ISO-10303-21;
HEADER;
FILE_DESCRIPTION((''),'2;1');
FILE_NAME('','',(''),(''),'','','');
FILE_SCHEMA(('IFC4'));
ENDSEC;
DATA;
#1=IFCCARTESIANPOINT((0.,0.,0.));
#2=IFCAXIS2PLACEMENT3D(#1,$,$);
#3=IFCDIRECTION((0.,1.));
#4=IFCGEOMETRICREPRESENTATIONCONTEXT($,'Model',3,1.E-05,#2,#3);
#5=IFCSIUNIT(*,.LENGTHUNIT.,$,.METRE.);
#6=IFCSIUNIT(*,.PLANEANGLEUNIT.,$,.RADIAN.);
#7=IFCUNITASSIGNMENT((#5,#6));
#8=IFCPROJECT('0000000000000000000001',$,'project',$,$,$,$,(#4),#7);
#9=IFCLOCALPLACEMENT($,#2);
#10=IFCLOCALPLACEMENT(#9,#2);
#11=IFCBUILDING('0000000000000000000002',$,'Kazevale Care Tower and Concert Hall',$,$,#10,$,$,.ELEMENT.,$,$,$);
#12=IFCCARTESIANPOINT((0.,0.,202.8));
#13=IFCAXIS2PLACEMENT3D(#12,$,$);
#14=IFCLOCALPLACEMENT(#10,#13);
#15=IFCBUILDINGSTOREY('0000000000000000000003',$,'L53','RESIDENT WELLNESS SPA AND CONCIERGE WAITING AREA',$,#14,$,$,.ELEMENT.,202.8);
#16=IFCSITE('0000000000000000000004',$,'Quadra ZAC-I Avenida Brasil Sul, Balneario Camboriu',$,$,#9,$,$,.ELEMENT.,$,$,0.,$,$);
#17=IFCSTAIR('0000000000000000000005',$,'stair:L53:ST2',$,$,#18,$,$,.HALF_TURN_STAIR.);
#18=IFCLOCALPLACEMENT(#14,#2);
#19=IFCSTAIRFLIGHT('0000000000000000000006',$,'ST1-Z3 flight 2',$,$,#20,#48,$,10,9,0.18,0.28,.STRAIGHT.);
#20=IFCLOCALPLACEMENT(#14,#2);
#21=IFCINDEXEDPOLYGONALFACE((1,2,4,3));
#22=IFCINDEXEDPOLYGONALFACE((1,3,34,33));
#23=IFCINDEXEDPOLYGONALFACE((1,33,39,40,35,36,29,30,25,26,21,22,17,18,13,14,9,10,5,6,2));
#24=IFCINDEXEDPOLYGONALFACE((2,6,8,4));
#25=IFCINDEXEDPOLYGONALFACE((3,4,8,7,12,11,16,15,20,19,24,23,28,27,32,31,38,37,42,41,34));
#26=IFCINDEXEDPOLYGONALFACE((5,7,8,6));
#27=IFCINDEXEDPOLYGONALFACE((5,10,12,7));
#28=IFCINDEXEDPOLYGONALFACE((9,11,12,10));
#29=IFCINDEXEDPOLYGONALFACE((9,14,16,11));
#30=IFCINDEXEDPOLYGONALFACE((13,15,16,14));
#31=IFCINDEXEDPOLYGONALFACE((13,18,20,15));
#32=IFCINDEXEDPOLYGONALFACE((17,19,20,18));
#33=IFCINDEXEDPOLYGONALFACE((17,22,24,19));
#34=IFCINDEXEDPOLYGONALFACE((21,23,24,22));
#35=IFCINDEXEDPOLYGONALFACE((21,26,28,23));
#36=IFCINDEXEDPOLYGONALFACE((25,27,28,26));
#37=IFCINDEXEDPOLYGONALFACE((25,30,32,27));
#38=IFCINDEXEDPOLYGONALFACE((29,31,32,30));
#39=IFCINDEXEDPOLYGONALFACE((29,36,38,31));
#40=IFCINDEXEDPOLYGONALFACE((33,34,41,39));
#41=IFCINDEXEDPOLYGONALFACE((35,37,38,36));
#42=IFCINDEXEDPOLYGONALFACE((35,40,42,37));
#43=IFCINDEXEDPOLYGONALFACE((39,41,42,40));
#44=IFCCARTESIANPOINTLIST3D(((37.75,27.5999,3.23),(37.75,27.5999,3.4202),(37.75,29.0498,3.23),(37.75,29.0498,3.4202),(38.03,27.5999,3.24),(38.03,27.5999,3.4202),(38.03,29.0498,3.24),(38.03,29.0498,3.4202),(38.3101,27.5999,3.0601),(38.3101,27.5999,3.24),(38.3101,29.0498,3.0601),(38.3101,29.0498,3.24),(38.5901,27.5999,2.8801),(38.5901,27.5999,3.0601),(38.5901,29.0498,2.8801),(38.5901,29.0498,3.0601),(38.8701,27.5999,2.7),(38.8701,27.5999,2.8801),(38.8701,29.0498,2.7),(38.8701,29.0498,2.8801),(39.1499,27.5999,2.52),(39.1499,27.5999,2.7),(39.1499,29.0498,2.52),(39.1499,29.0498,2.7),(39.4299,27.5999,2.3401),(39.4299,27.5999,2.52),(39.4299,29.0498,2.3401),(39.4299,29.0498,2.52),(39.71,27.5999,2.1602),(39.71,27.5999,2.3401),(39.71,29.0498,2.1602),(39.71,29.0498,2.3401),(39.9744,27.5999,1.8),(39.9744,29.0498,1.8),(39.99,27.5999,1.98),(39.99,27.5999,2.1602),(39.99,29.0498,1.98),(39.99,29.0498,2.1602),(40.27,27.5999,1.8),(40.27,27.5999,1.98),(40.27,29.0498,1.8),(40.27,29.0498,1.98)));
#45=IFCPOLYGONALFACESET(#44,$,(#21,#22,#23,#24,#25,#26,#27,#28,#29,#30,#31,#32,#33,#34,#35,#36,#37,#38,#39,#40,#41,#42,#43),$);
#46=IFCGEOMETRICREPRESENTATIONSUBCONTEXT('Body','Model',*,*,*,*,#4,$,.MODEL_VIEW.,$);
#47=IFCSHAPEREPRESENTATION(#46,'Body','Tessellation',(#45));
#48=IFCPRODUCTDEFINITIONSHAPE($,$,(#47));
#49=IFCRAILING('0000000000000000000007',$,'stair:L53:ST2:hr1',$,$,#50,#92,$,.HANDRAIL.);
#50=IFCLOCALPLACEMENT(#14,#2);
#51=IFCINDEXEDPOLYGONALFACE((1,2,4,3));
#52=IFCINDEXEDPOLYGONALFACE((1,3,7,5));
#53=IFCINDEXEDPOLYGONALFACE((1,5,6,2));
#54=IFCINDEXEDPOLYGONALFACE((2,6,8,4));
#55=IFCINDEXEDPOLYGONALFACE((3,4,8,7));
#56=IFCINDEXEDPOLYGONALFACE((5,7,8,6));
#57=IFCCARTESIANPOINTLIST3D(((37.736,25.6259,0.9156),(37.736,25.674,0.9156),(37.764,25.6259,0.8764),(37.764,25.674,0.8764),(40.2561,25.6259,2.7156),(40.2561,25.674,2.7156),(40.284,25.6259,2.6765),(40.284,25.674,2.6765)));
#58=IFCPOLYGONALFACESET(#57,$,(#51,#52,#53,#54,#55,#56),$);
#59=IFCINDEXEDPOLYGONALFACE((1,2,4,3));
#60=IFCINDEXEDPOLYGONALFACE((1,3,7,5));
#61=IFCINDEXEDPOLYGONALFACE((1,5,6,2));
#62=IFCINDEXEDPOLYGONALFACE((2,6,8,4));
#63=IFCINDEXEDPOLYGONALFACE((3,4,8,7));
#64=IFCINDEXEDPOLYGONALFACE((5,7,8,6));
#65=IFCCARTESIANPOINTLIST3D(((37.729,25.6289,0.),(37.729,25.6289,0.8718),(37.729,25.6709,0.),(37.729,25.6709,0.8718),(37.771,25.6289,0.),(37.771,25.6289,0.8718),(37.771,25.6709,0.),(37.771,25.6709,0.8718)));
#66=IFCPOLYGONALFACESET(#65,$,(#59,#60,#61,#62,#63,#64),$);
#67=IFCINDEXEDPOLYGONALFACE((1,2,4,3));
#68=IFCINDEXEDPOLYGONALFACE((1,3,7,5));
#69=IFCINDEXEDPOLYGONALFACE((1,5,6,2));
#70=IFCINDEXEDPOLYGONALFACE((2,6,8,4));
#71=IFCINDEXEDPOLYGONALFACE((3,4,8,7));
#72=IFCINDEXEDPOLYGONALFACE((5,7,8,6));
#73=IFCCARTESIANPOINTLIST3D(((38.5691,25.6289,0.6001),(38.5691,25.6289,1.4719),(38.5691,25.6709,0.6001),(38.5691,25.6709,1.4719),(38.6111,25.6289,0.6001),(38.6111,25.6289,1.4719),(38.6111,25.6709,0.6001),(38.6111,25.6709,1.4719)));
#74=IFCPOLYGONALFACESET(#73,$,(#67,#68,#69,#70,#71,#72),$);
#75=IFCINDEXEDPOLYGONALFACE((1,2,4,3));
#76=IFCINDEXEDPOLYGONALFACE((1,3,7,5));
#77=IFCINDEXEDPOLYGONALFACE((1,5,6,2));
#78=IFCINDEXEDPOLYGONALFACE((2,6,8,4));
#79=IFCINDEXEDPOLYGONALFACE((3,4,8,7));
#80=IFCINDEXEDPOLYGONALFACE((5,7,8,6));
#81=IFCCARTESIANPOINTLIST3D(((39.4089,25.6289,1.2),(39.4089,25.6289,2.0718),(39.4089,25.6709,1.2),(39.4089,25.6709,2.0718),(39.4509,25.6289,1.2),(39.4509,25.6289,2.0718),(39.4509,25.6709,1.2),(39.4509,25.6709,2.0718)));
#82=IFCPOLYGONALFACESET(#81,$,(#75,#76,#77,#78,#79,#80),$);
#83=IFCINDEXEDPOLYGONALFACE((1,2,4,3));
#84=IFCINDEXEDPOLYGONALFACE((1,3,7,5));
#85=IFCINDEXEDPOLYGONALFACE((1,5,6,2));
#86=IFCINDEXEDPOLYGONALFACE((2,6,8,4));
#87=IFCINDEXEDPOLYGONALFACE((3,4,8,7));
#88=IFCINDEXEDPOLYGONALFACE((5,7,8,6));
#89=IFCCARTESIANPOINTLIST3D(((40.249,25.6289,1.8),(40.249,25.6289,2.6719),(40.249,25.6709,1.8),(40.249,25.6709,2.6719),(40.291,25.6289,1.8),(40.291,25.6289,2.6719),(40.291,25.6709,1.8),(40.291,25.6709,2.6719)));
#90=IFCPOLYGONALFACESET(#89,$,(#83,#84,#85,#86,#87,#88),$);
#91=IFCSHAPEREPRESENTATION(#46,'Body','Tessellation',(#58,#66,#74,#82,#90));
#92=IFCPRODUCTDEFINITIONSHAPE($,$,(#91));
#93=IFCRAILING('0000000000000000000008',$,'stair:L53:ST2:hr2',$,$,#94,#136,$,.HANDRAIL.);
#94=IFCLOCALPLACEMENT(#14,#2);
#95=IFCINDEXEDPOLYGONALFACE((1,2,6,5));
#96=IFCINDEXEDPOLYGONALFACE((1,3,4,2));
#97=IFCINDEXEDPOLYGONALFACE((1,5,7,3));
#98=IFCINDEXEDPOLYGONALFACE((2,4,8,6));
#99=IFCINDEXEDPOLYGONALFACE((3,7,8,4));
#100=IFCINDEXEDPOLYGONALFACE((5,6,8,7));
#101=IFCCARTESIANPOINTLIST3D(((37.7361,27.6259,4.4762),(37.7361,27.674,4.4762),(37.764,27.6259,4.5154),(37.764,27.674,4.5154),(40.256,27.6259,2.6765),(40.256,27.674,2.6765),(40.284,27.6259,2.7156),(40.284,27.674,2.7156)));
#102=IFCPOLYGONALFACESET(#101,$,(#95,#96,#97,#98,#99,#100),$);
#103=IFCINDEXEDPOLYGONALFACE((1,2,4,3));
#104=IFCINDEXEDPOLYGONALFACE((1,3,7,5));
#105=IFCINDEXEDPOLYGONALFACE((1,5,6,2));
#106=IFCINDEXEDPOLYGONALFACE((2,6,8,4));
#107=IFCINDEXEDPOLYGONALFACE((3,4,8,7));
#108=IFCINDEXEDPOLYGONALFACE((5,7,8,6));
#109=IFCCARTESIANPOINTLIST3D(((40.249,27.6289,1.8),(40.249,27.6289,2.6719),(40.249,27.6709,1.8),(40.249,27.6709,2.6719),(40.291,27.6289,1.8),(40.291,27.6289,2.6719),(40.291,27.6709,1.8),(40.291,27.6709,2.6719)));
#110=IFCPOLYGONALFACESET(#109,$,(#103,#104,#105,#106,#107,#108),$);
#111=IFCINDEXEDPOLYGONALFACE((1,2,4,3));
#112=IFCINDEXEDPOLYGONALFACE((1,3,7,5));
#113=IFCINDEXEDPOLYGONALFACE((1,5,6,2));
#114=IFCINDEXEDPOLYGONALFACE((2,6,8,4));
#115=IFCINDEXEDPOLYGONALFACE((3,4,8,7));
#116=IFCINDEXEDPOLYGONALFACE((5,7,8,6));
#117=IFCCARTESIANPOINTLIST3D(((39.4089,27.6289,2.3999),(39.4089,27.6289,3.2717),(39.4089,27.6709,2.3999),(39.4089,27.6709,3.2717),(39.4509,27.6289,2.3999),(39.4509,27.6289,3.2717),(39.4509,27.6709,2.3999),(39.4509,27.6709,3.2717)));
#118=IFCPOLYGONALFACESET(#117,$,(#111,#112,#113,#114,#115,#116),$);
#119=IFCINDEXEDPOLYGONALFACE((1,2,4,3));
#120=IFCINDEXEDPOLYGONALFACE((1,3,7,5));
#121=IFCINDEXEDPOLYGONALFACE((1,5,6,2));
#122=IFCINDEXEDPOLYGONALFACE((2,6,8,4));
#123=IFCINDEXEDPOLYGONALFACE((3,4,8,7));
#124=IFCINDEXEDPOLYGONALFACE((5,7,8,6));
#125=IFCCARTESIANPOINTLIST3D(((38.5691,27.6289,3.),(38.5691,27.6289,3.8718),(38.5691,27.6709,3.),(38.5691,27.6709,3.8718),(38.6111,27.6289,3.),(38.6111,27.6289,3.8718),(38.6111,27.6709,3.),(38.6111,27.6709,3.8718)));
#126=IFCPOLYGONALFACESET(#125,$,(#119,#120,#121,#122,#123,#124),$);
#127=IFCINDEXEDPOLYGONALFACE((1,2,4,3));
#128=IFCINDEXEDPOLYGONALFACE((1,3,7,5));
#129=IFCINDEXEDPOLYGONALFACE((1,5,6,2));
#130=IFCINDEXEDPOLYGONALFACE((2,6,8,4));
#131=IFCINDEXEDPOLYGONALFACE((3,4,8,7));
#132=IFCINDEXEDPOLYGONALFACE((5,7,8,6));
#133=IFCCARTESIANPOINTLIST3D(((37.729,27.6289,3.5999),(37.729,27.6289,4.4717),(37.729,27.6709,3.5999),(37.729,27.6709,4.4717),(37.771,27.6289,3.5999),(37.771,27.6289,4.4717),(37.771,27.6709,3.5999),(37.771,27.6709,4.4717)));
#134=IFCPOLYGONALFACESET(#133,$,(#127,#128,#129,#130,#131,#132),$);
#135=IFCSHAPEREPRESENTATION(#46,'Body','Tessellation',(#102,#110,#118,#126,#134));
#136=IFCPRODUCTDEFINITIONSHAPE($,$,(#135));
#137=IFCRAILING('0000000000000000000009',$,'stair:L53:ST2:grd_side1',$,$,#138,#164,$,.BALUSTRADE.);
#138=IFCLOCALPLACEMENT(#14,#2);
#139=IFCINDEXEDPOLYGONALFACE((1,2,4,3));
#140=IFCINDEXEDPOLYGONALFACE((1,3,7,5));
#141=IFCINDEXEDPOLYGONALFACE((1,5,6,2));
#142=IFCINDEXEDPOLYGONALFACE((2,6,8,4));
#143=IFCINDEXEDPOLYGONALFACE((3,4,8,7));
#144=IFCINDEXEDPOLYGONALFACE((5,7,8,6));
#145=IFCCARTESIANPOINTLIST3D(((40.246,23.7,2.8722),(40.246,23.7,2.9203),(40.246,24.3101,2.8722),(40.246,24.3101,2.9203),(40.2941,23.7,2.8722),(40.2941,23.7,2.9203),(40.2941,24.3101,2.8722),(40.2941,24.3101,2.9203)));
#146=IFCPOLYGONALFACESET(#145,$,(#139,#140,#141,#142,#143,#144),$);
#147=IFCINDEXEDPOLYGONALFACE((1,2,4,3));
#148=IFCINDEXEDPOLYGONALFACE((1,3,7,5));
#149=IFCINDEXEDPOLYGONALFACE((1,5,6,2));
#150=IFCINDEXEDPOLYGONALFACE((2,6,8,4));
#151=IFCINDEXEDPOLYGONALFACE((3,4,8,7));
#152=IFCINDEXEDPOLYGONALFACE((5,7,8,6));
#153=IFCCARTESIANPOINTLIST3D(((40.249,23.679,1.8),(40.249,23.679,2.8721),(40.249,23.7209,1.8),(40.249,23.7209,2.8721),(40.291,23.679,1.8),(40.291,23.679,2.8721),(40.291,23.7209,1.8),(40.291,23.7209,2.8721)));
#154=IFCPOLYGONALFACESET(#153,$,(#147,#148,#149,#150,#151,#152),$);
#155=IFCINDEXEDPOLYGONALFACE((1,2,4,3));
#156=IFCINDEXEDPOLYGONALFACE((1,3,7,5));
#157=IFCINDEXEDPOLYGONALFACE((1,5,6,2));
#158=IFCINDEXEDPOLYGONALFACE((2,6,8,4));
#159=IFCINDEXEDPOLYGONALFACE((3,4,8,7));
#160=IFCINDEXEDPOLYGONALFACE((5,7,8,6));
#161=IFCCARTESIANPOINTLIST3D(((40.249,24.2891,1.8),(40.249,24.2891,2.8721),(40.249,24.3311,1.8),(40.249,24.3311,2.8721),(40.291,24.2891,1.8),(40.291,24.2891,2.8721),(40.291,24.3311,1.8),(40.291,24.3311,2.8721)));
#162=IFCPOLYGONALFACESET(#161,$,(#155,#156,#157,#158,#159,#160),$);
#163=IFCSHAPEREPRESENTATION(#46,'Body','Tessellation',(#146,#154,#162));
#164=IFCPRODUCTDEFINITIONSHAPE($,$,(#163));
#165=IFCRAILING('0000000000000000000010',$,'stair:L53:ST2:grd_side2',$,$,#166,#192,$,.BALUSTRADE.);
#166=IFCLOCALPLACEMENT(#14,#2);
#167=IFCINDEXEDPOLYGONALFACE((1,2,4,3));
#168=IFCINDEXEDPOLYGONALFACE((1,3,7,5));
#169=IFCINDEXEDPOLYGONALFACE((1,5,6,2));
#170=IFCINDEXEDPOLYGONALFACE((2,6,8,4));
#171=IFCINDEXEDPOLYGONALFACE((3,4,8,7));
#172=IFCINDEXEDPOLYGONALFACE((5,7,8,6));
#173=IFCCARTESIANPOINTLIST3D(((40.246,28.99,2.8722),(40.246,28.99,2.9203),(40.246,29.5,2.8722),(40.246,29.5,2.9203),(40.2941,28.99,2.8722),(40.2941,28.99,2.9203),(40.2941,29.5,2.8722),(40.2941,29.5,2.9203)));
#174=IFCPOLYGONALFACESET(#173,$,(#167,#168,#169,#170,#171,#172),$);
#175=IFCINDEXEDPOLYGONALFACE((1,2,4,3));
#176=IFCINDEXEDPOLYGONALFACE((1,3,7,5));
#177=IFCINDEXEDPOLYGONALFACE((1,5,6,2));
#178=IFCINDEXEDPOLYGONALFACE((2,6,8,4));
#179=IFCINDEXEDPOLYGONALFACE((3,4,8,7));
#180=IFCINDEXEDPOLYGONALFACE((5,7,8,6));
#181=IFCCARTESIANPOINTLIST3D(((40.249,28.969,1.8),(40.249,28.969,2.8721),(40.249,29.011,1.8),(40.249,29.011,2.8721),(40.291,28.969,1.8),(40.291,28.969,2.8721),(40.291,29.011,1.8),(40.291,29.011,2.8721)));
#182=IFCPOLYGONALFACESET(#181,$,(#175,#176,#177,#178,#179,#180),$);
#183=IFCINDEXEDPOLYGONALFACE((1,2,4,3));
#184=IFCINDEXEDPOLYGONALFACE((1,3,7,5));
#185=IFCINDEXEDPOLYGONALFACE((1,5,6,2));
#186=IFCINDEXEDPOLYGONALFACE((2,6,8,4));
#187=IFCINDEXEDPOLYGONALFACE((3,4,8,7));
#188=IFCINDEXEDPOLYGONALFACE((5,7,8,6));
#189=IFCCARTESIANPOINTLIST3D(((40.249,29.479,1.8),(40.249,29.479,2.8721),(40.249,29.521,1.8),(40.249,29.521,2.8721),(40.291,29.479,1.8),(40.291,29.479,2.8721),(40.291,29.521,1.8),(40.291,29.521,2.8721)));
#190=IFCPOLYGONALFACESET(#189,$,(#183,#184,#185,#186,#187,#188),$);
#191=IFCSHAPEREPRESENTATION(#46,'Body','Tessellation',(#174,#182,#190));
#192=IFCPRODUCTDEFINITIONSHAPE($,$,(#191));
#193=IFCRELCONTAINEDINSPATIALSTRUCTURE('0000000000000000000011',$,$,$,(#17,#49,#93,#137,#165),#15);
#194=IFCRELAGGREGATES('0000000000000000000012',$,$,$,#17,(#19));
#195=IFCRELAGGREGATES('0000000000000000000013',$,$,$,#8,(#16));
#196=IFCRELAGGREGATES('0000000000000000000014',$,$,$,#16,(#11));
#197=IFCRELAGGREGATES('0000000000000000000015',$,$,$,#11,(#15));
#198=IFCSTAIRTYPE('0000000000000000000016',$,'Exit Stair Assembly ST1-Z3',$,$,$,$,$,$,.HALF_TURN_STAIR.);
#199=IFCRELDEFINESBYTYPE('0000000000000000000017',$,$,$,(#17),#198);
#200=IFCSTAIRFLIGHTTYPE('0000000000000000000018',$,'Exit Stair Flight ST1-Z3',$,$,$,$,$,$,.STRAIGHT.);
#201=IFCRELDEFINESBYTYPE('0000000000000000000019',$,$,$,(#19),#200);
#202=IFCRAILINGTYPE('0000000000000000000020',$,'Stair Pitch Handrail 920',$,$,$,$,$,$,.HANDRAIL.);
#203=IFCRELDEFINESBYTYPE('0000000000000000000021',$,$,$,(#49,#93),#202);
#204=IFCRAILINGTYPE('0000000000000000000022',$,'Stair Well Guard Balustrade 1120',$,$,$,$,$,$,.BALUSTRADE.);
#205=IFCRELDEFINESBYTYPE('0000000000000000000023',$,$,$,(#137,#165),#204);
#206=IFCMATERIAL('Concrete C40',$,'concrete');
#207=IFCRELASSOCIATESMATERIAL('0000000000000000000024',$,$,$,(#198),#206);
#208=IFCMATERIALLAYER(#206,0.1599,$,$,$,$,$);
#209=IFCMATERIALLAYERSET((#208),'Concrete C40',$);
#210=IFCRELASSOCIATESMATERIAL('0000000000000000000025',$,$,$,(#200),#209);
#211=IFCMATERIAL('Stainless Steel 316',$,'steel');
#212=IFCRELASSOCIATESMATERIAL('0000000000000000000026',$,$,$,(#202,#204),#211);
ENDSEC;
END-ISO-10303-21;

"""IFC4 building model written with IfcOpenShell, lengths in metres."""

from ifc_helpers import new_model, si_unit, direction, frame, origin, origin_2d, place, context, subcontext, project, spatial, polyline, rectangle, outline, extrude, material, layer, layer_set, type_object, element, aggregate, save


model = new_model("IFC4")

# Units and contexts
model_context = context("Model", 3, precision=1e-05, world=origin(), true_north=direction((0.0, 1.0)))
body_context = subcontext(model_context, "Body", "Model", "MODEL_VIEW")
ifc_project = project(units=[si_unit("LENGTHUNIT", "METRE"), si_unit("PLANEANGLEUNIT", "RADIAN")], contexts=[model_context])

# Site, building, storey
site_placement = place(None, origin())
site = spatial("IfcSite", under=ifc_project, at=site_placement, Name="Quadra ZAC-I Avenida Brasil Sul, Balneario Camboriu", CompositionType="ELEMENT", RefElevation=0.0)
building_placement = place(site_placement, origin())
building = spatial("IfcBuilding", under=site, at=building_placement, Name="Kazevale Care Tower and Concert Hall", CompositionType="ELEMENT")
storey_placement = place(building_placement, frame((0.0, 0.0, 202.8)))
storey = spatial("IfcBuildingStorey", under=building, at=storey_placement, Name="L53", Description="RESIDENT WELLNESS SPA AND CONCIERGE WAITING AREA", CompositionType="ELEMENT", Elevation=202.8)

# Shared definitions
ifc_material_1 = material(Name="Concrete C40", Category="concrete")

# Stair, stair flight
stair_type = type_object("IfcStairType", Name="Exit Stair Assembly ST1-Z3", PredefinedType="HALF_TURN_STAIR", material=ifc_material_1)
stair_placement = place(storey_placement, origin())
stair = element("IfcStair", 1, at=stair_placement, inside=storey, type_object=stair_type, Name="stair:L53:ST2", PredefinedType="HALF_TURN_STAIR")
ifc_layer_1 = layer(ifc_material_1, 0.1599)
ifc_layer_set_1 = layer_set([ifc_layer_1], Name="Concrete C40")
stair_flight_type = type_object("IfcStairFlightType", Name="Exit Stair Flight ST1-Z3", PredefinedType="STRAIGHT", material=ifc_layer_set_1)
stair_flight_1_placement = place(storey_placement, frame((40.27, 28.325, 1.8), z_axis=(0.0, 0.0, 1.0), x_axis=(-1.0, 0.0, 0.0)))
stair_flight_1 = element("IfcStairFlight", 2, at=stair_flight_1_placement, type_object=stair_flight_type, Name="ST1-Z3 flight 2", NumberOfRisers=10, NumberOfTreads=9, PredefinedType="STRAIGHT", RiserHeight=0.18, TreadLength=0.28, context=body_context, shape_type="SweptSolid", body=[
    extrude(outline(polyline([(0.0, 0.0), (0.0, 0.1799), (0.28, 0.1799), (0.28, 0.3601), (0.5601, 0.3601), (0.5601, 0.54), (0.8401, 0.54), (0.8401, 0.72), (1.1201, 0.72), (1.1201, 0.8999), (1.3999, 0.8999), (1.3999, 1.0801), (1.6799, 1.0801), (1.6799, 1.26), (1.96, 1.26), (1.96, 1.4399), (2.24, 1.4399), (2.24, 1.6201), (2.52, 1.6201), (2.52, 1.8), (2.52, 1.4299), (0.2957, 0.0), (0.0, 0.0)])), frame((0.0, 0.7251, 0.0), z_axis=(0.0, -1.0, 0.0), x_axis=(1.0, 0.0, 0.0)), (0.0, 0.0, 1.0), 1.45),
])
aggregate(stair, [stair_flight_1])

# Railings
ifc_material_2 = material(Name="Stainless Steel 316", Category="steel")
railing_type_1 = type_object("IfcRailingType", Name="Stair Pitch Handrail 920", PredefinedType="HANDRAIL", material=ifc_material_2)
railing_1_placement = place(storey_placement, frame((37.75, 25.6499, 0.0)))
element("IfcRailing", 3, at=railing_1_placement, inside=storey, type_object=railing_type_1, Name="stair:L53:ST2:hr1", PredefinedType="HANDRAIL", context=body_context, shape_type="SweptSolid", body=[
    extrude(rectangle(XDim=0.0481, YDim=0.0481, at=origin_2d()), frame((0.0, 0.0, 0.896), z_axis=(0.813728, 0.0, 0.581246), x_axis=(0.0, 1.0, 0.0)), (0.0, 0.0, 1.0), 3.0969),
    extrude(rectangle(XDim=0.042, YDim=0.042, at=origin_2d()), origin(), (0.0, 0.0, 1.0), 0.8718),
    extrude(rectangle(XDim=0.042, YDim=0.042, at=origin_2d()), frame((0.8401, 0.0, 0.6001)), (0.0, 0.0, 1.0), 0.8718),
    extrude(rectangle(XDim=0.042, YDim=0.042, at=origin_2d()), frame((1.6799, 0.0, 1.2)), (0.0, 0.0, 1.0), 0.8718),
    extrude(rectangle(XDim=0.042, YDim=0.042, at=origin_2d()), frame((2.52, 0.0, 1.8)), (0.0, 0.0, 1.0), 0.8718),
])
railing_2_placement = place(storey_placement, frame((40.27, 27.6499, 1.8)))
element("IfcRailing", 4, at=railing_2_placement, inside=storey, type_object=railing_type_1, Name="stair:L53:ST2:hr2", PredefinedType="HANDRAIL", context=body_context, shape_type="SweptSolid", body=[
    extrude(rectangle(XDim=0.0481, YDim=0.0481, at=origin_2d()), frame((0.0, 0.0, 0.896), z_axis=(-0.813765, 0.0, 0.581193), x_axis=(0.0, -1.0, 0.0)), (0.0, 0.0, 1.0), 3.0967),
    extrude(rectangle(XDim=0.042, YDim=0.042, at=origin_2d()), origin(), (0.0, 0.0, 1.0), 0.8718),
    extrude(rectangle(XDim=0.042, YDim=0.042, at=origin_2d()), frame((-0.8401, 0.0, 0.5999)), (0.0, 0.0, 1.0), 0.8718),
    extrude(rectangle(XDim=0.042, YDim=0.042, at=origin_2d()), frame((-1.6799, 0.0, 1.2)), (0.0, 0.0, 1.0), 0.8718),
    extrude(rectangle(XDim=0.042, YDim=0.042, at=origin_2d()), frame((-2.52, 0.0, 1.7998)), (0.0, 0.0, 1.0), 0.8718),
])
railing_type_2 = type_object("IfcRailingType", Name="Stair Well Guard Balustrade 1120", PredefinedType="BALUSTRADE", material=ifc_material_2)
railing_3_placement = place(storey_placement, frame((40.27, 23.7, 1.8)))
element("IfcRailing", 5, at=railing_3_placement, inside=storey, type_object=railing_type_2, Name="stair:L53:ST2:grd_side1", PredefinedType="BALUSTRADE", context=body_context, shape_type="SweptSolid", body=[
    extrude(rectangle(XDim=0.0481, YDim=0.0481, at=origin_2d()), frame((0.0, 0.0, 1.0962), z_axis=(0.0, 1.0, 0.0), x_axis=(-1.0, 0.0, 0.0)), (0.0, 0.0, 1.0), 0.6101),
    extrude(rectangle(XDim=0.042, YDim=0.042, at=origin_2d()), origin(), (0.0, 0.0, 1.0), 1.072),
    extrude(rectangle(XDim=0.042, YDim=0.042, at=origin_2d()), frame((0.0, 0.6101, 0.0)), (0.0, 0.0, 1.0), 1.072),
])
railing_4_placement = place(storey_placement, frame((40.27, 28.99, 1.8)))
element("IfcRailing", 6, at=railing_4_placement, inside=storey, type_object=railing_type_2, Name="stair:L53:ST2:grd_side2", PredefinedType="BALUSTRADE", context=body_context, shape_type="SweptSolid", body=[
    extrude(rectangle(XDim=0.0481, YDim=0.0481, at=origin_2d()), frame((0.0, 0.0, 1.0962), z_axis=(0.0, 1.0, 0.0), x_axis=(-1.0, 0.0, 0.0)), (0.0, 0.0, 1.0), 0.51),
    extrude(rectangle(XDim=0.042, YDim=0.042, at=origin_2d()), origin(), (0.0, 0.0, 1.0), 1.072),
    extrude(rectangle(XDim=0.042, YDim=0.042, at=origin_2d()), frame((0.0, 0.51, 0.0)), (0.0, 0.0, 1.0), 1.072),
])

save(model, "model.ifc")
